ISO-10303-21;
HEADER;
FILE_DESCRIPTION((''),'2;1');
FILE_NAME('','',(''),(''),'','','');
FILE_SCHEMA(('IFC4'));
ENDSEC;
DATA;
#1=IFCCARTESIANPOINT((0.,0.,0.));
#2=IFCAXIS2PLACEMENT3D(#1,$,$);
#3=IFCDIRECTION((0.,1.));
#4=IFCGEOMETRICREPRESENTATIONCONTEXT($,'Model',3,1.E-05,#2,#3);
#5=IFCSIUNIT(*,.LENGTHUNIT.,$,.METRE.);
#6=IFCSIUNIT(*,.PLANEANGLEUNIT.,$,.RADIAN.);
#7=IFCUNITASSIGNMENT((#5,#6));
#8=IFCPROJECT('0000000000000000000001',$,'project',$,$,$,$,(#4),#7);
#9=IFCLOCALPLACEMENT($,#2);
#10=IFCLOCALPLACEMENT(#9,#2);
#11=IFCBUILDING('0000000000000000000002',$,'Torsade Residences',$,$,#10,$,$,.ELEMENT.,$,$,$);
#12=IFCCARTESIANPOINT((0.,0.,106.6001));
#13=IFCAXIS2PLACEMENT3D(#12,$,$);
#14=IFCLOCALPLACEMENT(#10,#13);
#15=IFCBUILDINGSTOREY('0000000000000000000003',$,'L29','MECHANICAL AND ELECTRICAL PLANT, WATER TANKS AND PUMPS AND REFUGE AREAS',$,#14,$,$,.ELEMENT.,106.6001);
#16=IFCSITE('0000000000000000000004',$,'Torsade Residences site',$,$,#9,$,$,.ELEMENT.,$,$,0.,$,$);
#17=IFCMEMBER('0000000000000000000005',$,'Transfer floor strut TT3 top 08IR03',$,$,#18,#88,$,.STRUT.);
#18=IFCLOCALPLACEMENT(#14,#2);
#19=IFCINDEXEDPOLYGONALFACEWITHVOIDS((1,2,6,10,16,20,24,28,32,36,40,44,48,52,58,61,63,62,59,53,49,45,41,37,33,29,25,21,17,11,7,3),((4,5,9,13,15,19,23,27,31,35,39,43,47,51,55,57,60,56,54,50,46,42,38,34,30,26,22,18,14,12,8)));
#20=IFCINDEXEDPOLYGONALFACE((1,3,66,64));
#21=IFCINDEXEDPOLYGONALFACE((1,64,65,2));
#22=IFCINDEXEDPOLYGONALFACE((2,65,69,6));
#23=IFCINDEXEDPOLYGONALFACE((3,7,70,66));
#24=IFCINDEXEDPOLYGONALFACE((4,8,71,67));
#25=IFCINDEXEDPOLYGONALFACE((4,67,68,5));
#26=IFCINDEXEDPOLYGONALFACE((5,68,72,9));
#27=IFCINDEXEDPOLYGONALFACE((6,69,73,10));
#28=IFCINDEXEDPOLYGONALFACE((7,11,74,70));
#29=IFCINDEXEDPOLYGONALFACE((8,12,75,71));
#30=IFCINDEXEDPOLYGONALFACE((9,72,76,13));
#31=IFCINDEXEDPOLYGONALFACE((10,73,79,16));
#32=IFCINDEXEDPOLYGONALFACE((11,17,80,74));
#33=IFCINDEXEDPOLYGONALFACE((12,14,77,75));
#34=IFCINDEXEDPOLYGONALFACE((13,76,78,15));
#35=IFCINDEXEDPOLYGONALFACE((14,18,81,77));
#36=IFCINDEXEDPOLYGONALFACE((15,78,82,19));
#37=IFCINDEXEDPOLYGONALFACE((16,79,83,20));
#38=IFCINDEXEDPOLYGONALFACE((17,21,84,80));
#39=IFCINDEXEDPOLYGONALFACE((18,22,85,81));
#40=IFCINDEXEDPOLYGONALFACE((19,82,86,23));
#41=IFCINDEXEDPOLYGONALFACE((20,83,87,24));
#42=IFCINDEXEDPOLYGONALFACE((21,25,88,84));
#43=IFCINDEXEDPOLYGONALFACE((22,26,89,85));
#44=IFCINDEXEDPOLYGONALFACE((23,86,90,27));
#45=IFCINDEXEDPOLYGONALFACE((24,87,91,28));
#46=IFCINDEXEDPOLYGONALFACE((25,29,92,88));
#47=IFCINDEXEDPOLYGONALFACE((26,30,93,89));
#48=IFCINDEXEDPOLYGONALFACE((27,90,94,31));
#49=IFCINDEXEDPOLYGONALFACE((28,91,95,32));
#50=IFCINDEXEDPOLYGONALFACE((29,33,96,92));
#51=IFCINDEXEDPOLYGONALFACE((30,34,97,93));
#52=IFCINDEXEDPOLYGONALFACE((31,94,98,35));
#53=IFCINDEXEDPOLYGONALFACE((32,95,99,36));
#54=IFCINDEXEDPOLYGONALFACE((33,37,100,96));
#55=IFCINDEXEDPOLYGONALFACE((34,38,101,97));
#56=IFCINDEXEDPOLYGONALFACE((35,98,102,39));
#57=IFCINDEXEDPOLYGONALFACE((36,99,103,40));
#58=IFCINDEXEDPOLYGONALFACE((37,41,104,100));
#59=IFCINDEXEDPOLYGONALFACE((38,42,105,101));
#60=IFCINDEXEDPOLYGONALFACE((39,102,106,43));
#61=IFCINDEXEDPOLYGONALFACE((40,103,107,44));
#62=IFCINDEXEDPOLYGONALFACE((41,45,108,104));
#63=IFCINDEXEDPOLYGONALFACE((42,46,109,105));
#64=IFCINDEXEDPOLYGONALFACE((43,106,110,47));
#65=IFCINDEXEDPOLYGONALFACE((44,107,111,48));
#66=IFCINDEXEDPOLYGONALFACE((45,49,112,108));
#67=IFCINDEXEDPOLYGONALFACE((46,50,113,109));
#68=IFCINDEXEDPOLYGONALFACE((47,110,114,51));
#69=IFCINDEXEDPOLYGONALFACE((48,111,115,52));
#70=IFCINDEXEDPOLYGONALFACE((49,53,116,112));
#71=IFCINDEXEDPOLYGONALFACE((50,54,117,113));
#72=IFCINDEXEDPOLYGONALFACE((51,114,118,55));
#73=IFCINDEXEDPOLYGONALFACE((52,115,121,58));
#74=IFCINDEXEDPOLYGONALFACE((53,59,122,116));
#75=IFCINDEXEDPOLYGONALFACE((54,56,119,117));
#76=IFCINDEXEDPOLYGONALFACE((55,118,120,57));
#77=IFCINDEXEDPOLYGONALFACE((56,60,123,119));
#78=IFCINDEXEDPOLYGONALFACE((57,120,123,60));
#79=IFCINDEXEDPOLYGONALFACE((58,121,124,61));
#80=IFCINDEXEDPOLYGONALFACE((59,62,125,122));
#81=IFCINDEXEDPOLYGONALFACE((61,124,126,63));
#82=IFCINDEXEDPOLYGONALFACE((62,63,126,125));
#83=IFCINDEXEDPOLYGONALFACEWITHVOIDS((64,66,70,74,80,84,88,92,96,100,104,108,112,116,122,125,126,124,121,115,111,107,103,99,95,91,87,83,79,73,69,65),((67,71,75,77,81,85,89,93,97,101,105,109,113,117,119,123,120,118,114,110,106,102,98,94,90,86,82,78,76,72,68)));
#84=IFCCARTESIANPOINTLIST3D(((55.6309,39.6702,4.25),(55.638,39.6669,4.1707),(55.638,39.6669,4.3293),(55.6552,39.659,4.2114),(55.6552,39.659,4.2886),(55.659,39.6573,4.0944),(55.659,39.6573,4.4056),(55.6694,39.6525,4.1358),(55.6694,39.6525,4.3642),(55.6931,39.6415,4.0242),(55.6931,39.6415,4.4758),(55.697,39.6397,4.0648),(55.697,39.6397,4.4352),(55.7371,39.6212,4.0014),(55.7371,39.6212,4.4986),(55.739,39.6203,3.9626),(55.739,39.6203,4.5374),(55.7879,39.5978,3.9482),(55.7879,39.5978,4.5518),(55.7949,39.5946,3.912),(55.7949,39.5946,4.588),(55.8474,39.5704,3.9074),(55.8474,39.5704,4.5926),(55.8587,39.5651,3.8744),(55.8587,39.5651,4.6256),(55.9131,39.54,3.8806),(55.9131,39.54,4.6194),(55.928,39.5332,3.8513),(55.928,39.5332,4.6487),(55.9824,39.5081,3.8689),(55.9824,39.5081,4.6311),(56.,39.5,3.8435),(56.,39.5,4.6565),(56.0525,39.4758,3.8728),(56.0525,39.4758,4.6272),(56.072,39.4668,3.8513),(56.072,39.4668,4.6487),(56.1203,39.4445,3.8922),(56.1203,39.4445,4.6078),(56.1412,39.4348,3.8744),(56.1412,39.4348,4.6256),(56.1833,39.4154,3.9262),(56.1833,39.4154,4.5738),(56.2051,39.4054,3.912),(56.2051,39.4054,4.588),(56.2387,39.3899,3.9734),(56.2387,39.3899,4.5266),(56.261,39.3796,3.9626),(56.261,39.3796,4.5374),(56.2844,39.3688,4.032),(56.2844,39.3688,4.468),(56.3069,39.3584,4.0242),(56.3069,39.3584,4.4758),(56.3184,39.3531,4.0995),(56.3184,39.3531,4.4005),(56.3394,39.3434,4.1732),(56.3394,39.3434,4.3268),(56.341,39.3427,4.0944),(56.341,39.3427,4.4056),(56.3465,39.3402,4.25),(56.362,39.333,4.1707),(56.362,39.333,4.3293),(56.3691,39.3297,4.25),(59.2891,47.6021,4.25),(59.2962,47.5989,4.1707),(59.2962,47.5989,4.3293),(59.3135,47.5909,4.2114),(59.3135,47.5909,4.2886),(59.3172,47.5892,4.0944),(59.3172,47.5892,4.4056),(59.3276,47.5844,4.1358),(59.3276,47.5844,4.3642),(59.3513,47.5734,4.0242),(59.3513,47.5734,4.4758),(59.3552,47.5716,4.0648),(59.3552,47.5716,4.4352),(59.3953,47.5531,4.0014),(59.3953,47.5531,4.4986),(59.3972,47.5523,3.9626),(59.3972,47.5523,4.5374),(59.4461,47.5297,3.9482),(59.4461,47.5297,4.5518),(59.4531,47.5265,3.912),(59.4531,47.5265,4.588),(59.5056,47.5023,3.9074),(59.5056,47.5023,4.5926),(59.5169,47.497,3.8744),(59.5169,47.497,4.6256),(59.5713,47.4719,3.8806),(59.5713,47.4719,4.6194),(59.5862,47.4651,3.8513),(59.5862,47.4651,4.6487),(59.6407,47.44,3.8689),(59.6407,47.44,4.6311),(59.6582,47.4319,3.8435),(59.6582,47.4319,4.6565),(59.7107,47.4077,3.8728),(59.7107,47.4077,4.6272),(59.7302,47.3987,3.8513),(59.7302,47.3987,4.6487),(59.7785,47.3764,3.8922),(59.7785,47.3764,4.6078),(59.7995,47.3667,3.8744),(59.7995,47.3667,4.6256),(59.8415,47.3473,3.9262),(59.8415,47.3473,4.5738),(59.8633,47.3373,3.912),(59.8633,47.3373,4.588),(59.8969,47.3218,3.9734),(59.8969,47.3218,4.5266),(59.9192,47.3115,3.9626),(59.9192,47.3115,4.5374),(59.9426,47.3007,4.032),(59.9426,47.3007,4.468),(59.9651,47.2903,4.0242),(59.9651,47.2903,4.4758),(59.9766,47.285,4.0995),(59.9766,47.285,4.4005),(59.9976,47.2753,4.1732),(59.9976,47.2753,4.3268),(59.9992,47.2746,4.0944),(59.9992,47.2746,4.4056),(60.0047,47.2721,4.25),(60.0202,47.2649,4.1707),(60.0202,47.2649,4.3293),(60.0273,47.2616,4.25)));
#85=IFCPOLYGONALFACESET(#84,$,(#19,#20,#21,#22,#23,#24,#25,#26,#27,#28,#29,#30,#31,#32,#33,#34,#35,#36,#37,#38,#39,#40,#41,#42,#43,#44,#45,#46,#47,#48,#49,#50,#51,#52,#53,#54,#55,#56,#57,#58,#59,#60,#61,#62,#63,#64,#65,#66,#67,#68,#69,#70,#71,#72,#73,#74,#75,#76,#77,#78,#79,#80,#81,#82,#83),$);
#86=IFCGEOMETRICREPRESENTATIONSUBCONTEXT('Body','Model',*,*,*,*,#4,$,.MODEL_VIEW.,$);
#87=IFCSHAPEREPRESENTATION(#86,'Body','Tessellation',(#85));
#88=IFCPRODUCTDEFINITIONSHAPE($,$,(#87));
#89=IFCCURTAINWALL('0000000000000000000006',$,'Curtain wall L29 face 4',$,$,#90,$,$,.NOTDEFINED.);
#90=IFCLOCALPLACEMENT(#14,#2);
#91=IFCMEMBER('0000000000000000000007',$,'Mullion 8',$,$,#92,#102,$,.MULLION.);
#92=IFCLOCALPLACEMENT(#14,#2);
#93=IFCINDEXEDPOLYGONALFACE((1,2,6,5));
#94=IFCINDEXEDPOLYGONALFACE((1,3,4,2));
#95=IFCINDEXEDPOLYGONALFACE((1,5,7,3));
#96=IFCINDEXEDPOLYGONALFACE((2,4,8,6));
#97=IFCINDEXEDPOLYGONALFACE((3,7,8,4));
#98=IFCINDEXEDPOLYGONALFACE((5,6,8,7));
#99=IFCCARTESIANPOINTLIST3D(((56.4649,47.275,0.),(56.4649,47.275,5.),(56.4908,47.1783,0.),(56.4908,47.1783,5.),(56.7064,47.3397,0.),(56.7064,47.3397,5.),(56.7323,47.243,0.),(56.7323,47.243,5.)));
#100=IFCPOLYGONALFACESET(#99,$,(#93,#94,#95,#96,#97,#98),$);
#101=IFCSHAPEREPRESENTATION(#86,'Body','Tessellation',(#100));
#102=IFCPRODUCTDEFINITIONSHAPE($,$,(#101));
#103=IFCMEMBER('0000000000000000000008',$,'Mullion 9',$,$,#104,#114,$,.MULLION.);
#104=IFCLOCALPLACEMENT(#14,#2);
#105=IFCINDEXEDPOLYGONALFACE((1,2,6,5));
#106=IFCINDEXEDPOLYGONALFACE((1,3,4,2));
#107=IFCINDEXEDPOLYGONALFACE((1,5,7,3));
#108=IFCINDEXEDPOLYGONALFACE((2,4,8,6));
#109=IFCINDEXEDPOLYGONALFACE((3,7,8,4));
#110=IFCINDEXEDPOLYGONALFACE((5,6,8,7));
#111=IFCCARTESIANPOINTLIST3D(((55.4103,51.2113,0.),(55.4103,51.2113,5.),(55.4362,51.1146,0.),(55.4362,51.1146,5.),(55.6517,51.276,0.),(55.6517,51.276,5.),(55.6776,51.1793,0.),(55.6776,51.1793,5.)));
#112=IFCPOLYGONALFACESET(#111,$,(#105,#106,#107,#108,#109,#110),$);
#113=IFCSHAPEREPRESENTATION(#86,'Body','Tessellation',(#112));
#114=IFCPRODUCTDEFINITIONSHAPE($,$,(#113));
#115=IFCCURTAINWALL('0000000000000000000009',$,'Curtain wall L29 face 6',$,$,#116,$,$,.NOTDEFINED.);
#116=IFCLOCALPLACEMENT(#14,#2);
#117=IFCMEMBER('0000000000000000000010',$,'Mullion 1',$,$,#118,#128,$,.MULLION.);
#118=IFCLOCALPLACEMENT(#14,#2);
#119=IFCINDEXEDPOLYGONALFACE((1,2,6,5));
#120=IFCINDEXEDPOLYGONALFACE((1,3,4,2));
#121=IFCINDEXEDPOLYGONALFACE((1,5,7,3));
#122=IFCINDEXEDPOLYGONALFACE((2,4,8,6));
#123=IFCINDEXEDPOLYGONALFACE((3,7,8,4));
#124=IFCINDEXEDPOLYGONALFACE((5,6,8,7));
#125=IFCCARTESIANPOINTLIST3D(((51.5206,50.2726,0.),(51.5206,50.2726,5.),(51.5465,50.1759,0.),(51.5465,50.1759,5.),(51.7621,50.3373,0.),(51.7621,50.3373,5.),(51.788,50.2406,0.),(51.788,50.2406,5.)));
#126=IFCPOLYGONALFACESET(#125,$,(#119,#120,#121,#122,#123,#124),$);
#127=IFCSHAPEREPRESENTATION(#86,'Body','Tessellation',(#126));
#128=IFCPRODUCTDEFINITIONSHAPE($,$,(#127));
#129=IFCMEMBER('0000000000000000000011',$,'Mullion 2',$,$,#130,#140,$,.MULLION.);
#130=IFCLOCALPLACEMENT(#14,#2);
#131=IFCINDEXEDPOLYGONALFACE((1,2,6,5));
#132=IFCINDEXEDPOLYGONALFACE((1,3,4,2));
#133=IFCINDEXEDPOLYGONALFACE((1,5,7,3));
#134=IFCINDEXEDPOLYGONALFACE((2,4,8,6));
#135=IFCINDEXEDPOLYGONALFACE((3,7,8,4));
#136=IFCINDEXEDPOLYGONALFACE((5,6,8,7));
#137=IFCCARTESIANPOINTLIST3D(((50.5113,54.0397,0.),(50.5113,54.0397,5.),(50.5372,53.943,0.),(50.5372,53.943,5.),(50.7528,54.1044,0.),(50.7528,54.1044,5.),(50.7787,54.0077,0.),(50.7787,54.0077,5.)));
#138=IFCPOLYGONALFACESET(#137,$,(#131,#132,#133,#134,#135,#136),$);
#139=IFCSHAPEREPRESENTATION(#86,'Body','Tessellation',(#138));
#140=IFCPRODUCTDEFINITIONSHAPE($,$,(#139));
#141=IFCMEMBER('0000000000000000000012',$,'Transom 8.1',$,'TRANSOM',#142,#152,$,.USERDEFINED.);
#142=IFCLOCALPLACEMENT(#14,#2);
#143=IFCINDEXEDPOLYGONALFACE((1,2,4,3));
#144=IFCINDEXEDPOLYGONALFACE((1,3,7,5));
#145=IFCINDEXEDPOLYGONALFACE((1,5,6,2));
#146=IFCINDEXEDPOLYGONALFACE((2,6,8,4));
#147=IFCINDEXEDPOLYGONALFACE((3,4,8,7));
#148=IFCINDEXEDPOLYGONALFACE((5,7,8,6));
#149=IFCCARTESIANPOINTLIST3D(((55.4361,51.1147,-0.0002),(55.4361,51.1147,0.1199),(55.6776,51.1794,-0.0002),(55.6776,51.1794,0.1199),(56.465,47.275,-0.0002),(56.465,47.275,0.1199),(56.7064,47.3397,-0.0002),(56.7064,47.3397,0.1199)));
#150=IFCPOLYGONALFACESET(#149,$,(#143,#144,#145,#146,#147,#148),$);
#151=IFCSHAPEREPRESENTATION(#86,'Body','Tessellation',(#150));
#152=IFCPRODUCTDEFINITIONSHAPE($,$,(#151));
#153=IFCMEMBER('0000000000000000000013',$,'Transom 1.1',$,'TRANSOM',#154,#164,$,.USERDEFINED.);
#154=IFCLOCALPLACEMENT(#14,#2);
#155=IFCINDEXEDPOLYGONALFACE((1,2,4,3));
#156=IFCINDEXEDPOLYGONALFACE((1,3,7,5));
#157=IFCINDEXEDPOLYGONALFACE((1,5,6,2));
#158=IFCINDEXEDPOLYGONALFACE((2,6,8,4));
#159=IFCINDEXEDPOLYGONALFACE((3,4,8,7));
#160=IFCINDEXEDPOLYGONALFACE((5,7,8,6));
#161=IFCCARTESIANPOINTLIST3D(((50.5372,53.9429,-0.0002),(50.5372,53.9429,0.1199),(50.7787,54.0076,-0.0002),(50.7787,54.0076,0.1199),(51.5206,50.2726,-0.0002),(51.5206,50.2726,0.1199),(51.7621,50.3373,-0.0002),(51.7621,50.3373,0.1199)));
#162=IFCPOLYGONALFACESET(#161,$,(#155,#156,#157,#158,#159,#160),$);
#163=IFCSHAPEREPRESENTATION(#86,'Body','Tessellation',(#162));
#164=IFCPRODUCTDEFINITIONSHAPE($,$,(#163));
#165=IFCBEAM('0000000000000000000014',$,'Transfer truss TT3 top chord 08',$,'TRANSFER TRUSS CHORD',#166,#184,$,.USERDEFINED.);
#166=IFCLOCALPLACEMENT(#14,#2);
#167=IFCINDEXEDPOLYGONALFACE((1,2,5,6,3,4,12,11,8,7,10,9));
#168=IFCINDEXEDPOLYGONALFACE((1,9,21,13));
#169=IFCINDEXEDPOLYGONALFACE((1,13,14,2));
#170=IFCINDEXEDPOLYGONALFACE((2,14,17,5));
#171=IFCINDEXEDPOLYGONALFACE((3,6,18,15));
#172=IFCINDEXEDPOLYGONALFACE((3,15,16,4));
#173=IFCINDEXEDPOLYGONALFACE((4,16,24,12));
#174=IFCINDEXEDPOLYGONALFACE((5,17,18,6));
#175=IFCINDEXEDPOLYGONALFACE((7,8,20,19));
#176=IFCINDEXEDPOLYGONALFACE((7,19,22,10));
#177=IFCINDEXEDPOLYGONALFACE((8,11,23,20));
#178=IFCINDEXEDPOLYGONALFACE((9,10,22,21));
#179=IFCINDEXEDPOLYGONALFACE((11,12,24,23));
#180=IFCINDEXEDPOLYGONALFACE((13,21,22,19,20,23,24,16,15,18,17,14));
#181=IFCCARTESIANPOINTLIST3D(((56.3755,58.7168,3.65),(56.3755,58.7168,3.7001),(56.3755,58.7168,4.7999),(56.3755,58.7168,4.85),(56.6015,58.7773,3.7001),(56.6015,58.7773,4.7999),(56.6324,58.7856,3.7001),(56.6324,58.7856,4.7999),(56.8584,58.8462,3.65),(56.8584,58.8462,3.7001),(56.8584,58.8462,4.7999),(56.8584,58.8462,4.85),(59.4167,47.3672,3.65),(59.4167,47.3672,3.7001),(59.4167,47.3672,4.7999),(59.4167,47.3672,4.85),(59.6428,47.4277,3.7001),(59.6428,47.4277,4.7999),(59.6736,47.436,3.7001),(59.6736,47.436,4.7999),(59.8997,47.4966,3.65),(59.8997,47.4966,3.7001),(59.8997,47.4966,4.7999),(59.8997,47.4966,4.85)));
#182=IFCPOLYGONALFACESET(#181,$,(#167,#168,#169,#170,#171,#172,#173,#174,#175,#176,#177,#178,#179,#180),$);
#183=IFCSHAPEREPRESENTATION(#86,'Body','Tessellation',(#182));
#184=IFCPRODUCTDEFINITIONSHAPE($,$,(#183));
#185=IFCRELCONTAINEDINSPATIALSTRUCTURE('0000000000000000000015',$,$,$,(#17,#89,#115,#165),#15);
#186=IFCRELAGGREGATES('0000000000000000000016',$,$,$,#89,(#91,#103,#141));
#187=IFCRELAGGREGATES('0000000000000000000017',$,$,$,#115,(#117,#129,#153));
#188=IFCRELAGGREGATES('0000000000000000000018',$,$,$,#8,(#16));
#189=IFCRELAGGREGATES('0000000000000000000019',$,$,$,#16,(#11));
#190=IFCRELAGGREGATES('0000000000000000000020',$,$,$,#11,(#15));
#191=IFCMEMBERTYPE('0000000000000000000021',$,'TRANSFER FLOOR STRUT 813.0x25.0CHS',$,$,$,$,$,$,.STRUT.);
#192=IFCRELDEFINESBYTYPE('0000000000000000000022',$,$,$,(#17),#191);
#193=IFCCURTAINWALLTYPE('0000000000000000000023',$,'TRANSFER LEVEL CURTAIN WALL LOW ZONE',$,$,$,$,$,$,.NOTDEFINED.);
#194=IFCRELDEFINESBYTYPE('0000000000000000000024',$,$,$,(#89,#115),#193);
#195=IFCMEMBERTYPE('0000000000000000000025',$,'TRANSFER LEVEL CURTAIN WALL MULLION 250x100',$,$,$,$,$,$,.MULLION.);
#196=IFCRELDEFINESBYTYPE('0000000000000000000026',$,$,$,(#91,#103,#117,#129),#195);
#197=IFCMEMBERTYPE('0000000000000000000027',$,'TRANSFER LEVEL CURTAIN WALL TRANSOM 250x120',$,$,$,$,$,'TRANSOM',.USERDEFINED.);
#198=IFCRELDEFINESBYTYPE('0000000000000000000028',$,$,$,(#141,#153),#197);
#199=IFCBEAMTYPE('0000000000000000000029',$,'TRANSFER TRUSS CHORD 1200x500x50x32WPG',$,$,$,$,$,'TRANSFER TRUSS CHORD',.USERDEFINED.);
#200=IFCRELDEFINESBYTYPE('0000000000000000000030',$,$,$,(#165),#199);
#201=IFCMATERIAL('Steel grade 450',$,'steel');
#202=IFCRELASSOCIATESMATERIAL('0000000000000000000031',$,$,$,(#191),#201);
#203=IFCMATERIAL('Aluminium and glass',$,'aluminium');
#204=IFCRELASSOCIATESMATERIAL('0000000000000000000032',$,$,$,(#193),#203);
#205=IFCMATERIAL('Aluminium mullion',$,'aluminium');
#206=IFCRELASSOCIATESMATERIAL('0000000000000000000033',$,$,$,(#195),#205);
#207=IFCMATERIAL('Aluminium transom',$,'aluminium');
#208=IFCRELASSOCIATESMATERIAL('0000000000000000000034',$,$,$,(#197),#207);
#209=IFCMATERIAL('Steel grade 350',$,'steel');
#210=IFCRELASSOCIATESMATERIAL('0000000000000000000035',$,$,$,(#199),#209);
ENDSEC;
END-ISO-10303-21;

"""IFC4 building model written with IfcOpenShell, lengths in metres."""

from ifc_helpers import new_model, si_unit, direction, frame, origin, origin_2d, place, context, subcontext, project, spatial, rectangle, hollow_circle, i_section, extrude, material, material_profile, profile_set, type_object, element, aggregate, save


model = new_model("IFC4")

# Units and contexts
model_context = context("Model", 3, precision=1e-05, world=origin(), true_north=direction((0.0, 1.0)))
body_context = subcontext(model_context, "Body", "Model", "MODEL_VIEW")
ifc_project = project(units=[si_unit("LENGTHUNIT", "METRE"), si_unit("PLANEANGLEUNIT", "RADIAN")], contexts=[model_context])

# Site, building, storey
site_placement = place(None, origin())
site = spatial("IfcSite", under=ifc_project, at=site_placement, Name="Torsade Residences site", CompositionType="ELEMENT", RefElevation=0.0)
building_placement = place(site_placement, origin())
building = spatial("IfcBuilding", under=site, at=building_placement, Name="Torsade Residences", CompositionType="ELEMENT")
storey_placement = place(building_placement, frame((0.0, 0.0, 106.6001)))
storey = spatial("IfcBuildingStorey", under=building, at=storey_placement, Name="L29", Description="MECHANICAL AND ELECTRICAL PLANT, WATER TANKS AND PUMPS AND REFUGE AREAS", CompositionType="ELEMENT", Elevation=106.6001)

# Member
ifc_material_1 = material(Name="Steel grade 450", Category="steel")
ifc_material_profile_1 = material_profile(ifc_material_1, hollow_circle(Radius=0.4065, WallThickness=0.0249, at=origin_2d()), Name="813.0x25.0CHS")
ifc_profile_set_1 = profile_set([ifc_material_profile_1], Name="Steel grade 450")
member_type_1 = type_object("IfcMemberType", Name="TRANSFER FLOOR STRUT 813.0x25.0CHS", PredefinedType="STRUT", material=ifc_profile_set_1)
member_1_placement = place(storey_placement, frame((59.6582, 47.4319, 4.25), z_axis=(-0.418806, -0.908076, 0.0), x_axis=(0.908076, -0.418806, 0.0)))
element("IfcMember", 1, at=member_1_placement, inside=storey, type_object=member_type_1, Name="Transfer floor strut TT3 top 08IR03", PredefinedType="STRUT", context=body_context, shape_type="SweptSolid", body=[
    extrude(hollow_circle(Radius=0.4065, WallThickness=0.0249, at=origin_2d()), origin(), (0.0, 0.0, 1.0), 8.7349),
])

# Curtain walls, members
ifc_material_2 = material(Name="Aluminium and glass", Category="aluminium")
curtain_wall_type = type_object("IfcCurtainWallType", Name="TRANSFER LEVEL CURTAIN WALL LOW ZONE", PredefinedType="NOTDEFINED", material=ifc_material_2)
curtain_wall_1_placement = place(storey_placement, origin())
curtain_wall_1 = element("IfcCurtainWall", 2, at=curtain_wall_1_placement, inside=storey, type_object=curtain_wall_type, Name="Curtain wall L29 face 4", PredefinedType="NOTDEFINED")
ifc_material_3 = material(Name="Aluminium mullion", Category="aluminium")
ifc_material_profile_2 = material_profile(ifc_material_3, rectangle(XDim=0.25, YDim=0.1001, at=origin_2d()), Name="TRANSFER LEVEL CURTAIN WALL MULLION 250x100")
ifc_profile_set_2 = profile_set([ifc_material_profile_2], Name="Aluminium mullion")
member_type_2 = type_object("IfcMemberType", Name="TRANSFER LEVEL CURTAIN WALL MULLION 250x100", PredefinedType="MULLION", material=ifc_profile_set_2)
member_2_placement = place(storey_placement, frame((56.5986, 47.259, 0.0), z_axis=(0.0, 0.0, 1.0), x_axis=(-0.965926, -0.258819, 0.0)))
member_2 = element("IfcMember", 3, at=member_2_placement, type_object=member_type_2, Name="Mullion 8", PredefinedType="MULLION", context=body_context, shape_type="SweptSolid", body=[
    extrude(rectangle(XDim=0.25, YDim=0.1001, at=origin_2d()), origin(), (0.0, 0.0, 1.0), 5.0),
])
member_3_placement = place(storey_placement, frame((55.5439, 51.1953, 0.0), z_axis=(0.0, 0.0, 1.0), x_axis=(-0.965926, -0.258819, 0.0)))
member_3 = element("IfcMember", 4, at=member_3_placement, type_object=member_type_2, Name="Mullion 9", PredefinedType="MULLION", context=body_context, shape_type="SweptSolid", body=[
    extrude(rectangle(XDim=0.25, YDim=0.1001, at=origin_2d()), origin(), (0.0, 0.0, 1.0), 5.0),
])
curtain_wall_2_placement = place(storey_placement, origin())
curtain_wall_2 = element("IfcCurtainWall", 5, at=curtain_wall_2_placement, inside=storey, type_object=curtain_wall_type, Name="Curtain wall L29 face 6", PredefinedType="NOTDEFINED")
member_4_placement = place(storey_placement, frame((51.6543, 50.2566, 0.0), z_axis=(0.0, 0.0, 1.0), x_axis=(-0.965926, -0.258819, 0.0)))
member_4 = element("IfcMember", 6, at=member_4_placement, type_object=member_type_2, Name="Mullion 1", PredefinedType="MULLION", context=body_context, shape_type="SweptSolid", body=[
    extrude(rectangle(XDim=0.25, YDim=0.1001, at=origin_2d()), origin(), (0.0, 0.0, 1.0), 5.0),
])
member_5_placement = place(storey_placement, frame((50.645, 54.0237, 0.0), z_axis=(0.0, 0.0, 1.0), x_axis=(-0.965926, -0.258819, 0.0)))
member_5 = element("IfcMember", 7, at=member_5_placement, type_object=member_type_2, Name="Mullion 2", PredefinedType="MULLION", context=body_context, shape_type="SweptSolid", body=[
    extrude(rectangle(XDim=0.25, YDim=0.1001, at=origin_2d()), origin(), (0.0, 0.0, 1.0), 5.0),
])

# Members
ifc_material_4 = material(Name="Aluminium transom", Category="aluminium")
ifc_material_profile_3 = material_profile(ifc_material_4, rectangle(XDim=0.25, YDim=0.1201, at=origin_2d()), Name="TRANSFER LEVEL CURTAIN WALL TRANSOM 250x120")
ifc_profile_set_3 = profile_set([ifc_material_profile_3], Name="Aluminium transom")
member_type_3 = type_object("IfcMemberType", Name="TRANSFER LEVEL CURTAIN WALL TRANSOM 250x120", ElementType="TRANSOM", PredefinedType="USERDEFINED", material=ifc_profile_set_3)
member_6_placement = place(storey_placement, frame((56.5857, 47.3074, 0.0598), z_axis=(-0.258817, 0.965926, 0.0), x_axis=(-0.965926, -0.258817, 0.0)))
member_6 = element("IfcMember", 8, at=member_6_placement, type_object=member_type_3, Name="Transom 8.1", ObjectType="TRANSOM", PredefinedType="USERDEFINED", context=body_context, shape_type="SweptSolid", body=[
    extrude(rectangle(XDim=0.25, YDim=0.1201, at=origin_2d()), origin(), (0.0, 0.0, 1.0), 3.9751),
])
member_7_placement = place(storey_placement, frame((51.6414, 50.3049, 0.0598), z_axis=(-0.258798, 0.965931, 0.0), x_axis=(-0.965931, -0.258798, 0.0)))
member_7 = element("IfcMember", 9, at=member_7_placement, type_object=member_type_3, Name="Transom 1.1", ObjectType="TRANSOM", PredefinedType="USERDEFINED", context=body_context, shape_type="SweptSolid", body=[
    extrude(rectangle(XDim=0.25, YDim=0.1201, at=origin_2d()), origin(), (0.0, 0.0, 1.0), 3.7998),
])

# Beam
ifc_material_5 = material(Name="Steel grade 350", Category="steel")
ifc_material_profile_4 = material_profile(ifc_material_5, i_section(OverallWidth=0.5, OverallDepth=1.2, WebThickness=0.032, FlangeThickness=0.05, at=origin_2d()), Name="1200x500x50x32WPG")
ifc_profile_set_4 = profile_set([ifc_material_profile_4], Name="Steel grade 350")
beam_type_1 = type_object("IfcBeamType", Name="TRANSFER TRUSS CHORD 1200x500x50x32WPG", ElementType="TRANSFER TRUSS CHORD", PredefinedType="USERDEFINED", material=ifc_profile_set_4)
for number, where, z_axis, x_axis, name in (
    (10, (59.6582, 47.4319, 4.25), (-0.25883, 0.965923, 0.0), (-0.965923, -0.25883, 0.0), "Transfer truss TT3 top chord 08"),
):
    element("IfcBeam", number, at=place(storey_placement, frame(where, z_axis=z_axis, x_axis=x_axis)), inside=storey, type_object=beam_type_1, Name=name, ObjectType="TRANSFER TRUSS CHORD", PredefinedType="USERDEFINED", context=body_context, shape_type="SweptSolid", body=[
        extrude(i_section(OverallWidth=0.5, OverallDepth=1.2, WebThickness=0.032, FlangeThickness=0.05, at=origin_2d()), origin(), (0.0, 0.0, 1.0), 11.75),
    ])

aggregate(curtain_wall_1, [member_2, member_3, member_6])
aggregate(curtain_wall_2, [member_4, member_5, member_7])

save(model, "model.ifc")
